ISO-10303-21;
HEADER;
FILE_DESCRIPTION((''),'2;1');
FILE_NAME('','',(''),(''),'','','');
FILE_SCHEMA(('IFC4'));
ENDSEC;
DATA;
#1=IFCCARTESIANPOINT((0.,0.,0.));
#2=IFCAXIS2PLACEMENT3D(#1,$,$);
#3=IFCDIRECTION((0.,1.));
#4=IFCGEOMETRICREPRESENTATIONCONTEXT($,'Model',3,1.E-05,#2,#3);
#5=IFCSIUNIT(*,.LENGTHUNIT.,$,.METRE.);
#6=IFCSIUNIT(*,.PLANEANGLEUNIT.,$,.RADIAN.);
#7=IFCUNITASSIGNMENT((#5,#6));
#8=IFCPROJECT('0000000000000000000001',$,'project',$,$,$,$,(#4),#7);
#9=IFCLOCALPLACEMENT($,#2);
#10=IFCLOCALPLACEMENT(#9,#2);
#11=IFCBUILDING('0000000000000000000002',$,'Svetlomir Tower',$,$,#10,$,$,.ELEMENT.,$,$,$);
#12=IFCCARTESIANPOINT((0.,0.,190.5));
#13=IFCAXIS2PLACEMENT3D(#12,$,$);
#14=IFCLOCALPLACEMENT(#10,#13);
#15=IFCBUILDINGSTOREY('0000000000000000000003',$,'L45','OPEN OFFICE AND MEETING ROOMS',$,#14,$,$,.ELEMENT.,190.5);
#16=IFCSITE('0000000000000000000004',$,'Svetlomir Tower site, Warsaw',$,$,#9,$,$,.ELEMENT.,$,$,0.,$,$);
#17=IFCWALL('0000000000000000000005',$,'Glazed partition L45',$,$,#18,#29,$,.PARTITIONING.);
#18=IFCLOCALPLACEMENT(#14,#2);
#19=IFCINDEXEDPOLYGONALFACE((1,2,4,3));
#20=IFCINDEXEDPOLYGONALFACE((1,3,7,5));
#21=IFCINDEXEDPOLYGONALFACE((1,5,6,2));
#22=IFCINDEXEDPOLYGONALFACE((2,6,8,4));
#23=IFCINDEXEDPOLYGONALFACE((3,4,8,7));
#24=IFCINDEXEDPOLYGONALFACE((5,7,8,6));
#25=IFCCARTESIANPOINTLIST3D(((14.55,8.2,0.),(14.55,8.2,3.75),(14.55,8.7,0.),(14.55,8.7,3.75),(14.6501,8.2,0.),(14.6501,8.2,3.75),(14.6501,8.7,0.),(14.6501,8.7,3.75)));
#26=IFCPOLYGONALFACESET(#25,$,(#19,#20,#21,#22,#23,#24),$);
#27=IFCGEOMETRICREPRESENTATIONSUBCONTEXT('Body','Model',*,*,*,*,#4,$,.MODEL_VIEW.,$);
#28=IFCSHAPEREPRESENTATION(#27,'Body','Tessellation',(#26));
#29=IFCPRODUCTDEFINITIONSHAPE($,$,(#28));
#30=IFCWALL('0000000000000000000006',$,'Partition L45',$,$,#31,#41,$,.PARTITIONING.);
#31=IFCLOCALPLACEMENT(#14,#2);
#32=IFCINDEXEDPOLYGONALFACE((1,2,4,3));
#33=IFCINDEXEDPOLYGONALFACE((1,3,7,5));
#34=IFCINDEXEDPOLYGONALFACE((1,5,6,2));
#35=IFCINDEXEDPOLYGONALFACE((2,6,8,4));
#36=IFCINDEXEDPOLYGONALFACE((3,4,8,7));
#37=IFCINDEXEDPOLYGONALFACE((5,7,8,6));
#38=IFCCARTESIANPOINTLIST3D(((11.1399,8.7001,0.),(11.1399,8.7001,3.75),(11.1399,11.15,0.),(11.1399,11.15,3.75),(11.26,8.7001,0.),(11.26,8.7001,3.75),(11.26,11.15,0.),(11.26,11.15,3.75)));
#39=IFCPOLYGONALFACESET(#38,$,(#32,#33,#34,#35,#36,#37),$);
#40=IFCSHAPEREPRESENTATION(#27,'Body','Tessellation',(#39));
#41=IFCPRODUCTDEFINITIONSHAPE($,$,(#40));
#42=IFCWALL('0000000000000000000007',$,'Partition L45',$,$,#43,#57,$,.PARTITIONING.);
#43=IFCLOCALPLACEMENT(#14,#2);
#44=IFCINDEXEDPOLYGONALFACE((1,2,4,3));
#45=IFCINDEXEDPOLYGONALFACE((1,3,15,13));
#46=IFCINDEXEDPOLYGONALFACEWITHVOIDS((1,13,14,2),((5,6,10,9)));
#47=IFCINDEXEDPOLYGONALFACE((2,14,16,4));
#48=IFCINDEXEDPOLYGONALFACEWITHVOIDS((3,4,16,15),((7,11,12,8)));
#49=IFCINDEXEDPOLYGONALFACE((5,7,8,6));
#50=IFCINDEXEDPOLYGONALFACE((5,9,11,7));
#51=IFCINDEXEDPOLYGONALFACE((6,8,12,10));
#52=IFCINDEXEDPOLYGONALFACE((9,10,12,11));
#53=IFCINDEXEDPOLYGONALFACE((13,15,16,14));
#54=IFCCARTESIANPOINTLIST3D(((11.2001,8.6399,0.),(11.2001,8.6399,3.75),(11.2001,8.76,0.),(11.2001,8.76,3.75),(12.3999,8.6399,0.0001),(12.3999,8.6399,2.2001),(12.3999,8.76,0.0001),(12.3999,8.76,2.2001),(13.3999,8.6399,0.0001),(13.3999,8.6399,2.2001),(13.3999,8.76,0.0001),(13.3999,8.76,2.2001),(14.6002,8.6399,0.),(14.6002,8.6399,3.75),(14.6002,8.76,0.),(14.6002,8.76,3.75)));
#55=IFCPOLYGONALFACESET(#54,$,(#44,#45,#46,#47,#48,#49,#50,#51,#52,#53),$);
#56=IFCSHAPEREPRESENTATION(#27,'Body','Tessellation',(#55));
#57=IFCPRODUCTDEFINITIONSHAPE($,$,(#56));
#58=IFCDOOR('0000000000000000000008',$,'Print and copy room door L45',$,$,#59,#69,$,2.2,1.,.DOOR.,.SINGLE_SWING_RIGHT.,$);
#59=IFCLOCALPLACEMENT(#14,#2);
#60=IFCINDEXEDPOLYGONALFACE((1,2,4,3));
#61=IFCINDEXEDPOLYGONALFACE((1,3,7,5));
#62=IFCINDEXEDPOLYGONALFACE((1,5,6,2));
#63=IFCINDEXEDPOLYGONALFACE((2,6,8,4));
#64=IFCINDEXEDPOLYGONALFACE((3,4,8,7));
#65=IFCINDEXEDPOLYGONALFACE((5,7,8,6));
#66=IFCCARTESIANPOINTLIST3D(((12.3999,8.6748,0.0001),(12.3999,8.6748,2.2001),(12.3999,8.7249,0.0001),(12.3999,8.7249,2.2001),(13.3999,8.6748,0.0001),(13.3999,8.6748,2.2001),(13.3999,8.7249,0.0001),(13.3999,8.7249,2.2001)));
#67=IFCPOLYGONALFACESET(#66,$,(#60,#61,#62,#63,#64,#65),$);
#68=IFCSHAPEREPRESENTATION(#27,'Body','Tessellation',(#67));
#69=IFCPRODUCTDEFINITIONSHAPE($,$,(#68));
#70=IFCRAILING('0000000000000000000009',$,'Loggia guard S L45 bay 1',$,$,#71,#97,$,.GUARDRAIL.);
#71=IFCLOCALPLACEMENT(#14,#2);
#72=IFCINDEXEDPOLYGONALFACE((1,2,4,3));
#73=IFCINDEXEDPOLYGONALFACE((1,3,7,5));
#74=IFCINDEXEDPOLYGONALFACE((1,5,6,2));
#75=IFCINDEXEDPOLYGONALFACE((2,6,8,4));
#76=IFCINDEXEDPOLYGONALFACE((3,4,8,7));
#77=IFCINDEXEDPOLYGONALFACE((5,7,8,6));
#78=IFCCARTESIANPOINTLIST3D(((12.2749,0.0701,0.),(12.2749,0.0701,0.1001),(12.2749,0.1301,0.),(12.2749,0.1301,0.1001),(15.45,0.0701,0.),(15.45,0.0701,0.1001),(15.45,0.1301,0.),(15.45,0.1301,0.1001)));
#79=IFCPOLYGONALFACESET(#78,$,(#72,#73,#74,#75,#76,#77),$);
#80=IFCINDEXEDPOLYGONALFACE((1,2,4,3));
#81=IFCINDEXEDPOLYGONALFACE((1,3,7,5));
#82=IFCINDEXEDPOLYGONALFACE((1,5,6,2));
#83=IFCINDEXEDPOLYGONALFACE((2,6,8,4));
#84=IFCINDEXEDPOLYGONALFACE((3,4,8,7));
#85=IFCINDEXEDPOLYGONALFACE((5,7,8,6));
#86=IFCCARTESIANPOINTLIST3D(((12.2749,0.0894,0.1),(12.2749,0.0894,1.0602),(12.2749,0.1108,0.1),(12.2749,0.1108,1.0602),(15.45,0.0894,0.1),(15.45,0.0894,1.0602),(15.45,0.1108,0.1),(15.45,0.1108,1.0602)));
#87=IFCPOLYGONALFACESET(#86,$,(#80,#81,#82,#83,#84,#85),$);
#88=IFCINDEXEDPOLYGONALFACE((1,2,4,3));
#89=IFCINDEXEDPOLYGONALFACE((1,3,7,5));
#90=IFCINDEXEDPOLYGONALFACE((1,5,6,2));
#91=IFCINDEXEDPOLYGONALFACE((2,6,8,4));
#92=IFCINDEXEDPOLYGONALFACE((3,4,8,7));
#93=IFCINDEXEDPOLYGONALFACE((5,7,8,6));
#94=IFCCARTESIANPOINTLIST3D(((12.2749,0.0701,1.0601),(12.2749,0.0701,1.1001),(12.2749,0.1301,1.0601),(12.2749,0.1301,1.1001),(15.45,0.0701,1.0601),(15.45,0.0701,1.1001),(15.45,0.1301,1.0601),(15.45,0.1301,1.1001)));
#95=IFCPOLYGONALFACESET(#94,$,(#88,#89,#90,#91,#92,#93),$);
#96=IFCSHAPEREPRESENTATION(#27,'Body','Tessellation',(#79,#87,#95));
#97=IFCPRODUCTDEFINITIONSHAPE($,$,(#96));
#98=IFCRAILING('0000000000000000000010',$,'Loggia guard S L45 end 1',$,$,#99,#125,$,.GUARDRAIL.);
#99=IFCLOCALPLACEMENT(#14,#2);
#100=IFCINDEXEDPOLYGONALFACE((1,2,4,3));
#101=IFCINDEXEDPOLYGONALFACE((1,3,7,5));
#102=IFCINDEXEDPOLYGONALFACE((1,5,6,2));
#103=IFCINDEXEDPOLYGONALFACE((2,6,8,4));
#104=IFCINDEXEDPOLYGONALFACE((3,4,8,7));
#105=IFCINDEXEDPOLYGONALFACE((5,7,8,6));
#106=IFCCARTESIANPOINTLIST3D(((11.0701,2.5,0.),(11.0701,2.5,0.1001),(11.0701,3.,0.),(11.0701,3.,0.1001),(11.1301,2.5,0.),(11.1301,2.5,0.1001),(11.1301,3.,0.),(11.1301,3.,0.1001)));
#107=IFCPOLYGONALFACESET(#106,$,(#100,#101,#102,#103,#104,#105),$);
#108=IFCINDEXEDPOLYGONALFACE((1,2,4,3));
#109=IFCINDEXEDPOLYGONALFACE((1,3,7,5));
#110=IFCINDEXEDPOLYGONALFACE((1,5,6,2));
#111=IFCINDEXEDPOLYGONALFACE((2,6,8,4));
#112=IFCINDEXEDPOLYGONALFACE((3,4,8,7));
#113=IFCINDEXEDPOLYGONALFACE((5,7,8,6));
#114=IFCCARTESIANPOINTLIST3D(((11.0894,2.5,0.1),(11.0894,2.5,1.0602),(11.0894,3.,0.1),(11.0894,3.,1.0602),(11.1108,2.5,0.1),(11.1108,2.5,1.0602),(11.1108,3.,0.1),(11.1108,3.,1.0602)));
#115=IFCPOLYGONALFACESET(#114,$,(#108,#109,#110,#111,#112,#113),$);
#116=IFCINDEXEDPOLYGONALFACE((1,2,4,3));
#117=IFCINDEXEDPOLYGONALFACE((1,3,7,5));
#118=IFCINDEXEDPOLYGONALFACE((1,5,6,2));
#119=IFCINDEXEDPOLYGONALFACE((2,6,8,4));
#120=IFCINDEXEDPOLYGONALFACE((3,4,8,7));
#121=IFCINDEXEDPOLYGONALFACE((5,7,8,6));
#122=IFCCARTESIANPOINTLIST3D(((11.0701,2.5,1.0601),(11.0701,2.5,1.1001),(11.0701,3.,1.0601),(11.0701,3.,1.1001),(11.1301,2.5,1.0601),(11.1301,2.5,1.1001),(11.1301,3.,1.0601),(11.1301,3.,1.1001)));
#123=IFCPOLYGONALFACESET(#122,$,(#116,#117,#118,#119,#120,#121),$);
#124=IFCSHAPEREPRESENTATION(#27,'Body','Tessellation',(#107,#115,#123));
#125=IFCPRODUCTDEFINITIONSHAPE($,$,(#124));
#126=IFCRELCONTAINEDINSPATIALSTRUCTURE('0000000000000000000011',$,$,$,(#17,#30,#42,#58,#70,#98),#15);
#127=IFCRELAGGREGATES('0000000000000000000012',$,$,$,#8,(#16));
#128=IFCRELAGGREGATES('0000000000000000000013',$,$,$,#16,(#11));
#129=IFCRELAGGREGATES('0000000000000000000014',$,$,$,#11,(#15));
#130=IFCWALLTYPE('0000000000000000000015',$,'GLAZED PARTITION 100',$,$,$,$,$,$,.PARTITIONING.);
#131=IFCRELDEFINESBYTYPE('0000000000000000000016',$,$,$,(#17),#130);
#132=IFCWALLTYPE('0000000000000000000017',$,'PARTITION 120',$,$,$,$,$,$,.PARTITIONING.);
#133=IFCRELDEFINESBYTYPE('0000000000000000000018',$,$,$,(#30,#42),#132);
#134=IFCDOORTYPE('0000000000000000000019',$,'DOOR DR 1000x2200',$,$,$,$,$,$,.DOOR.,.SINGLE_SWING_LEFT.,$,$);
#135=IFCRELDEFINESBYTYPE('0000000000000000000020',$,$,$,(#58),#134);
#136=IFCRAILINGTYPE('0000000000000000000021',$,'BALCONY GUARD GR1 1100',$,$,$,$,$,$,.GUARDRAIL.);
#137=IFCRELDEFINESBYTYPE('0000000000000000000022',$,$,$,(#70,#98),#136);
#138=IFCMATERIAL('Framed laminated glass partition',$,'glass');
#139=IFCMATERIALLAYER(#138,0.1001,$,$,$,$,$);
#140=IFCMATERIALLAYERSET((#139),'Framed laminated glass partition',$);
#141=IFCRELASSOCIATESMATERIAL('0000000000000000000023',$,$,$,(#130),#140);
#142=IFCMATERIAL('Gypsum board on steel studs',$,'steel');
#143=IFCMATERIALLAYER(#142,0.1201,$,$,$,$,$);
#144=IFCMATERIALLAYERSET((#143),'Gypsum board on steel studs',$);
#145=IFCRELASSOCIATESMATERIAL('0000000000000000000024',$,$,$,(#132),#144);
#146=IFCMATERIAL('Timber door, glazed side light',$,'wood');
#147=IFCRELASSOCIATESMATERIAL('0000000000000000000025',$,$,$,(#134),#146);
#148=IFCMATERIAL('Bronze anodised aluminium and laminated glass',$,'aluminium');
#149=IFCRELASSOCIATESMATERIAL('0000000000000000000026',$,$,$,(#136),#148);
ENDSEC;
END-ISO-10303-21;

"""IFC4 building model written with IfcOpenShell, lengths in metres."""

from ifc_helpers import new_model, si_unit, direction, frame, frame_2d, origin, origin_2d, place, context, subcontext, project, spatial, rectangle, extrude, material, layer, layer_set, type_object, element, fill, save


model = new_model("IFC4")

# Units and contexts
model_context = context("Model", 3, precision=1e-05, world=origin(), true_north=direction((0.0, 1.0)))
body_context = subcontext(model_context, "Body", "Model", "MODEL_VIEW")
ifc_project = project(units=[si_unit("LENGTHUNIT", "METRE"), si_unit("PLANEANGLEUNIT", "RADIAN")], contexts=[model_context])

# Site, building, storey
site_placement = place(None, origin())
site = spatial("IfcSite", under=ifc_project, at=site_placement, Name="Svetlomir Tower site, Warsaw", CompositionType="ELEMENT", RefElevation=0.0)
building_placement = place(site_placement, origin())
building = spatial("IfcBuilding", under=site, at=building_placement, Name="Svetlomir Tower", CompositionType="ELEMENT")
storey_placement = place(building_placement, frame((0.0, 0.0, 190.5)))
storey = spatial("IfcBuildingStorey", under=building, at=storey_placement, Name="L45", Description="OPEN OFFICE AND MEETING ROOMS", CompositionType="ELEMENT", Elevation=190.5)

# Shared definitions
ifc_material_1 = material(Name="Framed laminated glass partition", Category="glass")
ifc_layer_1 = layer(ifc_material_1, 0.1001)
ifc_layer_set_1 = layer_set([ifc_layer_1], Name="Framed laminated glass partition")
wall_type_1 = type_object("IfcWallType", Name="GLAZED PARTITION 100", PredefinedType="PARTITIONING", material=ifc_layer_set_1)

# Walls
wall_1_placement = place(storey_placement, frame((14.6001, 8.2, 0.0), z_axis=(0.0, 0.0, 1.0), x_axis=(0.0, 1.0, 0.0)))
element("IfcWall", 1, at=wall_1_placement, inside=storey, type_object=wall_type_1, Name="Glazed partition L45", PredefinedType="PARTITIONING", context=body_context, shape_type="SweptSolid", body=[
    extrude(rectangle(XDim=0.5, YDim=0.1001, at=frame_2d((0.25, 0.0))), origin(), (0.0, 0.0, 1.0), 3.75),
])
ifc_material_2 = material(Name="Gypsum board on steel studs", Category="steel")
ifc_layer_2 = layer(ifc_material_2, 0.1201)
ifc_layer_set_2 = layer_set([ifc_layer_2], Name="Gypsum board on steel studs")
wall_type_2 = type_object("IfcWallType", Name="PARTITION 120", PredefinedType="PARTITIONING", material=ifc_layer_set_2)
wall_2_placement = place(storey_placement, frame((11.2, 8.7, 0.0), z_axis=(0.0, 0.0, 1.0), x_axis=(0.0, 1.0, 0.0)))
element("IfcWall", 2, at=wall_2_placement, inside=storey, type_object=wall_type_2, Name="Partition L45", PredefinedType="PARTITIONING", context=body_context, shape_type="SweptSolid", body=[
    extrude(rectangle(XDim=2.45, YDim=0.1201, at=frame_2d((1.2251, 0.0))), origin(), (0.0, 0.0, 1.0), 3.75),
])

# Wall, opening, door
wall_3_placement = place(storey_placement, frame((11.2, 8.7, 0.0), z_axis=(0.0, 0.0, 1.0), x_axis=(1.0, 0.0, 0.0)))
wall_3 = element("IfcWall", 3, at=wall_3_placement, inside=storey, type_object=wall_type_2, Name="Partition L45", PredefinedType="PARTITIONING", context=body_context, shape_type="SweptSolid", body=[
    extrude(rectangle(XDim=3.4001, YDim=0.1201, at=frame_2d((1.7002, 0.0))), origin(), (0.0, 0.0, 1.0), 3.75),
])
opening_1_placement = place(wall_3_placement, frame((1.2, 0.0, 0.0)))
opening_1 = element("IfcOpeningElement", 4, at=opening_1_placement, cuts=wall_3, PredefinedType="OPENING", context=body_context, shape_type="SweptSolid", body=[
    extrude(rectangle(XDim=1.0, YDim=2.2, at=frame_2d((0.5, 1.1001))), frame((0.0, 0.0701, 0.0), z_axis=(0.0, -1.0, 0.0), x_axis=(1.0, 0.0, 0.0)), (0.0, 0.0, 1.0), 0.1401),
])
ifc_material_3 = material(Name="Timber door, glazed side light", Category="wood")
door_type_1 = type_object("IfcDoorType", Name="DOOR DR 1000x2200", OperationType="SINGLE_SWING_LEFT", PredefinedType="DOOR", material=ifc_material_3)
door_1_placement = place(opening_1_placement, origin())
door_1 = element("IfcDoor", 5, at=door_1_placement, inside=storey, type_object=door_type_1, Name="Print and copy room door L45", OperationType="SINGLE_SWING_RIGHT", OverallHeight=2.2, OverallWidth=1.0, PredefinedType="DOOR", context=body_context, shape_type="SweptSolid", body=[
    extrude(rectangle(XDim=1.0, YDim=2.2, at=frame_2d((0.5, 1.1001))), frame((0.0, 0.0249, 0.0), z_axis=(0.0, -1.0, 0.0), x_axis=(1.0, 0.0, 0.0)), (0.0, 0.0, 1.0), 0.05),
])
fill(opening_1, door_1)

# Railings
ifc_material_4 = material(Name="Bronze anodised aluminium and laminated glass", Category="aluminium")
railing_type = type_object("IfcRailingType", Name="BALCONY GUARD GR1 1100", PredefinedType="GUARDRAIL", material=ifc_material_4)
railing_1_placement = place(storey_placement, frame((12.2749, 0.1001, 0.0)))
element("IfcRailing", 6, at=railing_1_placement, inside=storey, type_object=railing_type, Name="Loggia guard S L45 bay 1", PredefinedType="GUARDRAIL", context=body_context, shape_type="SweptSolid", body=[
    extrude(rectangle(XDim=0.0601, YDim=0.1001, at=origin_2d()), frame((0.0, 0.0, 0.05), z_axis=(1.0, 0.0, 0.0), x_axis=(0.0, 1.0, 0.0)), (0.0, 0.0, 1.0), 3.175),
    extrude(rectangle(XDim=0.0215, YDim=0.9602, at=origin_2d()), frame((0.0, 0.0, 0.5801), z_axis=(1.0, 0.0, 0.0), x_axis=(0.0, 1.0, 0.0)), (0.0, 0.0, 1.0), 3.175),
    extrude(rectangle(XDim=0.0601, YDim=0.04, at=origin_2d()), frame((0.0, 0.0, 1.0801), z_axis=(1.0, 0.0, 0.0), x_axis=(0.0, 1.0, 0.0)), (0.0, 0.0, 1.0), 3.175),
])
railing_2_placement = place(storey_placement, frame((11.1001, 2.5, 0.0)))
element("IfcRailing", 7, at=railing_2_placement, inside=storey, type_object=railing_type, Name="Loggia guard S L45 end 1", PredefinedType="GUARDRAIL", context=body_context, shape_type="SweptSolid", body=[
    extrude(rectangle(XDim=0.0601, YDim=0.1001, at=origin_2d()), frame((0.0, 0.0, 0.05), z_axis=(0.0, 1.0, 0.0), x_axis=(-1.0, 0.0, 0.0)), (0.0, 0.0, 1.0), 0.5),
    extrude(rectangle(XDim=0.0215, YDim=0.9602, at=origin_2d()), frame((0.0, 0.0, 0.5801), z_axis=(0.0, 1.0, 0.0), x_axis=(-1.0, 0.0, 0.0)), (0.0, 0.0, 1.0), 0.5),
    extrude(rectangle(XDim=0.0601, YDim=0.04, at=origin_2d()), frame((0.0, 0.0, 1.0801), z_axis=(0.0, 1.0, 0.0), x_axis=(-1.0, 0.0, 0.0)), (0.0, 0.0, 1.0), 0.5),
])

save(model, "model.ifc")
